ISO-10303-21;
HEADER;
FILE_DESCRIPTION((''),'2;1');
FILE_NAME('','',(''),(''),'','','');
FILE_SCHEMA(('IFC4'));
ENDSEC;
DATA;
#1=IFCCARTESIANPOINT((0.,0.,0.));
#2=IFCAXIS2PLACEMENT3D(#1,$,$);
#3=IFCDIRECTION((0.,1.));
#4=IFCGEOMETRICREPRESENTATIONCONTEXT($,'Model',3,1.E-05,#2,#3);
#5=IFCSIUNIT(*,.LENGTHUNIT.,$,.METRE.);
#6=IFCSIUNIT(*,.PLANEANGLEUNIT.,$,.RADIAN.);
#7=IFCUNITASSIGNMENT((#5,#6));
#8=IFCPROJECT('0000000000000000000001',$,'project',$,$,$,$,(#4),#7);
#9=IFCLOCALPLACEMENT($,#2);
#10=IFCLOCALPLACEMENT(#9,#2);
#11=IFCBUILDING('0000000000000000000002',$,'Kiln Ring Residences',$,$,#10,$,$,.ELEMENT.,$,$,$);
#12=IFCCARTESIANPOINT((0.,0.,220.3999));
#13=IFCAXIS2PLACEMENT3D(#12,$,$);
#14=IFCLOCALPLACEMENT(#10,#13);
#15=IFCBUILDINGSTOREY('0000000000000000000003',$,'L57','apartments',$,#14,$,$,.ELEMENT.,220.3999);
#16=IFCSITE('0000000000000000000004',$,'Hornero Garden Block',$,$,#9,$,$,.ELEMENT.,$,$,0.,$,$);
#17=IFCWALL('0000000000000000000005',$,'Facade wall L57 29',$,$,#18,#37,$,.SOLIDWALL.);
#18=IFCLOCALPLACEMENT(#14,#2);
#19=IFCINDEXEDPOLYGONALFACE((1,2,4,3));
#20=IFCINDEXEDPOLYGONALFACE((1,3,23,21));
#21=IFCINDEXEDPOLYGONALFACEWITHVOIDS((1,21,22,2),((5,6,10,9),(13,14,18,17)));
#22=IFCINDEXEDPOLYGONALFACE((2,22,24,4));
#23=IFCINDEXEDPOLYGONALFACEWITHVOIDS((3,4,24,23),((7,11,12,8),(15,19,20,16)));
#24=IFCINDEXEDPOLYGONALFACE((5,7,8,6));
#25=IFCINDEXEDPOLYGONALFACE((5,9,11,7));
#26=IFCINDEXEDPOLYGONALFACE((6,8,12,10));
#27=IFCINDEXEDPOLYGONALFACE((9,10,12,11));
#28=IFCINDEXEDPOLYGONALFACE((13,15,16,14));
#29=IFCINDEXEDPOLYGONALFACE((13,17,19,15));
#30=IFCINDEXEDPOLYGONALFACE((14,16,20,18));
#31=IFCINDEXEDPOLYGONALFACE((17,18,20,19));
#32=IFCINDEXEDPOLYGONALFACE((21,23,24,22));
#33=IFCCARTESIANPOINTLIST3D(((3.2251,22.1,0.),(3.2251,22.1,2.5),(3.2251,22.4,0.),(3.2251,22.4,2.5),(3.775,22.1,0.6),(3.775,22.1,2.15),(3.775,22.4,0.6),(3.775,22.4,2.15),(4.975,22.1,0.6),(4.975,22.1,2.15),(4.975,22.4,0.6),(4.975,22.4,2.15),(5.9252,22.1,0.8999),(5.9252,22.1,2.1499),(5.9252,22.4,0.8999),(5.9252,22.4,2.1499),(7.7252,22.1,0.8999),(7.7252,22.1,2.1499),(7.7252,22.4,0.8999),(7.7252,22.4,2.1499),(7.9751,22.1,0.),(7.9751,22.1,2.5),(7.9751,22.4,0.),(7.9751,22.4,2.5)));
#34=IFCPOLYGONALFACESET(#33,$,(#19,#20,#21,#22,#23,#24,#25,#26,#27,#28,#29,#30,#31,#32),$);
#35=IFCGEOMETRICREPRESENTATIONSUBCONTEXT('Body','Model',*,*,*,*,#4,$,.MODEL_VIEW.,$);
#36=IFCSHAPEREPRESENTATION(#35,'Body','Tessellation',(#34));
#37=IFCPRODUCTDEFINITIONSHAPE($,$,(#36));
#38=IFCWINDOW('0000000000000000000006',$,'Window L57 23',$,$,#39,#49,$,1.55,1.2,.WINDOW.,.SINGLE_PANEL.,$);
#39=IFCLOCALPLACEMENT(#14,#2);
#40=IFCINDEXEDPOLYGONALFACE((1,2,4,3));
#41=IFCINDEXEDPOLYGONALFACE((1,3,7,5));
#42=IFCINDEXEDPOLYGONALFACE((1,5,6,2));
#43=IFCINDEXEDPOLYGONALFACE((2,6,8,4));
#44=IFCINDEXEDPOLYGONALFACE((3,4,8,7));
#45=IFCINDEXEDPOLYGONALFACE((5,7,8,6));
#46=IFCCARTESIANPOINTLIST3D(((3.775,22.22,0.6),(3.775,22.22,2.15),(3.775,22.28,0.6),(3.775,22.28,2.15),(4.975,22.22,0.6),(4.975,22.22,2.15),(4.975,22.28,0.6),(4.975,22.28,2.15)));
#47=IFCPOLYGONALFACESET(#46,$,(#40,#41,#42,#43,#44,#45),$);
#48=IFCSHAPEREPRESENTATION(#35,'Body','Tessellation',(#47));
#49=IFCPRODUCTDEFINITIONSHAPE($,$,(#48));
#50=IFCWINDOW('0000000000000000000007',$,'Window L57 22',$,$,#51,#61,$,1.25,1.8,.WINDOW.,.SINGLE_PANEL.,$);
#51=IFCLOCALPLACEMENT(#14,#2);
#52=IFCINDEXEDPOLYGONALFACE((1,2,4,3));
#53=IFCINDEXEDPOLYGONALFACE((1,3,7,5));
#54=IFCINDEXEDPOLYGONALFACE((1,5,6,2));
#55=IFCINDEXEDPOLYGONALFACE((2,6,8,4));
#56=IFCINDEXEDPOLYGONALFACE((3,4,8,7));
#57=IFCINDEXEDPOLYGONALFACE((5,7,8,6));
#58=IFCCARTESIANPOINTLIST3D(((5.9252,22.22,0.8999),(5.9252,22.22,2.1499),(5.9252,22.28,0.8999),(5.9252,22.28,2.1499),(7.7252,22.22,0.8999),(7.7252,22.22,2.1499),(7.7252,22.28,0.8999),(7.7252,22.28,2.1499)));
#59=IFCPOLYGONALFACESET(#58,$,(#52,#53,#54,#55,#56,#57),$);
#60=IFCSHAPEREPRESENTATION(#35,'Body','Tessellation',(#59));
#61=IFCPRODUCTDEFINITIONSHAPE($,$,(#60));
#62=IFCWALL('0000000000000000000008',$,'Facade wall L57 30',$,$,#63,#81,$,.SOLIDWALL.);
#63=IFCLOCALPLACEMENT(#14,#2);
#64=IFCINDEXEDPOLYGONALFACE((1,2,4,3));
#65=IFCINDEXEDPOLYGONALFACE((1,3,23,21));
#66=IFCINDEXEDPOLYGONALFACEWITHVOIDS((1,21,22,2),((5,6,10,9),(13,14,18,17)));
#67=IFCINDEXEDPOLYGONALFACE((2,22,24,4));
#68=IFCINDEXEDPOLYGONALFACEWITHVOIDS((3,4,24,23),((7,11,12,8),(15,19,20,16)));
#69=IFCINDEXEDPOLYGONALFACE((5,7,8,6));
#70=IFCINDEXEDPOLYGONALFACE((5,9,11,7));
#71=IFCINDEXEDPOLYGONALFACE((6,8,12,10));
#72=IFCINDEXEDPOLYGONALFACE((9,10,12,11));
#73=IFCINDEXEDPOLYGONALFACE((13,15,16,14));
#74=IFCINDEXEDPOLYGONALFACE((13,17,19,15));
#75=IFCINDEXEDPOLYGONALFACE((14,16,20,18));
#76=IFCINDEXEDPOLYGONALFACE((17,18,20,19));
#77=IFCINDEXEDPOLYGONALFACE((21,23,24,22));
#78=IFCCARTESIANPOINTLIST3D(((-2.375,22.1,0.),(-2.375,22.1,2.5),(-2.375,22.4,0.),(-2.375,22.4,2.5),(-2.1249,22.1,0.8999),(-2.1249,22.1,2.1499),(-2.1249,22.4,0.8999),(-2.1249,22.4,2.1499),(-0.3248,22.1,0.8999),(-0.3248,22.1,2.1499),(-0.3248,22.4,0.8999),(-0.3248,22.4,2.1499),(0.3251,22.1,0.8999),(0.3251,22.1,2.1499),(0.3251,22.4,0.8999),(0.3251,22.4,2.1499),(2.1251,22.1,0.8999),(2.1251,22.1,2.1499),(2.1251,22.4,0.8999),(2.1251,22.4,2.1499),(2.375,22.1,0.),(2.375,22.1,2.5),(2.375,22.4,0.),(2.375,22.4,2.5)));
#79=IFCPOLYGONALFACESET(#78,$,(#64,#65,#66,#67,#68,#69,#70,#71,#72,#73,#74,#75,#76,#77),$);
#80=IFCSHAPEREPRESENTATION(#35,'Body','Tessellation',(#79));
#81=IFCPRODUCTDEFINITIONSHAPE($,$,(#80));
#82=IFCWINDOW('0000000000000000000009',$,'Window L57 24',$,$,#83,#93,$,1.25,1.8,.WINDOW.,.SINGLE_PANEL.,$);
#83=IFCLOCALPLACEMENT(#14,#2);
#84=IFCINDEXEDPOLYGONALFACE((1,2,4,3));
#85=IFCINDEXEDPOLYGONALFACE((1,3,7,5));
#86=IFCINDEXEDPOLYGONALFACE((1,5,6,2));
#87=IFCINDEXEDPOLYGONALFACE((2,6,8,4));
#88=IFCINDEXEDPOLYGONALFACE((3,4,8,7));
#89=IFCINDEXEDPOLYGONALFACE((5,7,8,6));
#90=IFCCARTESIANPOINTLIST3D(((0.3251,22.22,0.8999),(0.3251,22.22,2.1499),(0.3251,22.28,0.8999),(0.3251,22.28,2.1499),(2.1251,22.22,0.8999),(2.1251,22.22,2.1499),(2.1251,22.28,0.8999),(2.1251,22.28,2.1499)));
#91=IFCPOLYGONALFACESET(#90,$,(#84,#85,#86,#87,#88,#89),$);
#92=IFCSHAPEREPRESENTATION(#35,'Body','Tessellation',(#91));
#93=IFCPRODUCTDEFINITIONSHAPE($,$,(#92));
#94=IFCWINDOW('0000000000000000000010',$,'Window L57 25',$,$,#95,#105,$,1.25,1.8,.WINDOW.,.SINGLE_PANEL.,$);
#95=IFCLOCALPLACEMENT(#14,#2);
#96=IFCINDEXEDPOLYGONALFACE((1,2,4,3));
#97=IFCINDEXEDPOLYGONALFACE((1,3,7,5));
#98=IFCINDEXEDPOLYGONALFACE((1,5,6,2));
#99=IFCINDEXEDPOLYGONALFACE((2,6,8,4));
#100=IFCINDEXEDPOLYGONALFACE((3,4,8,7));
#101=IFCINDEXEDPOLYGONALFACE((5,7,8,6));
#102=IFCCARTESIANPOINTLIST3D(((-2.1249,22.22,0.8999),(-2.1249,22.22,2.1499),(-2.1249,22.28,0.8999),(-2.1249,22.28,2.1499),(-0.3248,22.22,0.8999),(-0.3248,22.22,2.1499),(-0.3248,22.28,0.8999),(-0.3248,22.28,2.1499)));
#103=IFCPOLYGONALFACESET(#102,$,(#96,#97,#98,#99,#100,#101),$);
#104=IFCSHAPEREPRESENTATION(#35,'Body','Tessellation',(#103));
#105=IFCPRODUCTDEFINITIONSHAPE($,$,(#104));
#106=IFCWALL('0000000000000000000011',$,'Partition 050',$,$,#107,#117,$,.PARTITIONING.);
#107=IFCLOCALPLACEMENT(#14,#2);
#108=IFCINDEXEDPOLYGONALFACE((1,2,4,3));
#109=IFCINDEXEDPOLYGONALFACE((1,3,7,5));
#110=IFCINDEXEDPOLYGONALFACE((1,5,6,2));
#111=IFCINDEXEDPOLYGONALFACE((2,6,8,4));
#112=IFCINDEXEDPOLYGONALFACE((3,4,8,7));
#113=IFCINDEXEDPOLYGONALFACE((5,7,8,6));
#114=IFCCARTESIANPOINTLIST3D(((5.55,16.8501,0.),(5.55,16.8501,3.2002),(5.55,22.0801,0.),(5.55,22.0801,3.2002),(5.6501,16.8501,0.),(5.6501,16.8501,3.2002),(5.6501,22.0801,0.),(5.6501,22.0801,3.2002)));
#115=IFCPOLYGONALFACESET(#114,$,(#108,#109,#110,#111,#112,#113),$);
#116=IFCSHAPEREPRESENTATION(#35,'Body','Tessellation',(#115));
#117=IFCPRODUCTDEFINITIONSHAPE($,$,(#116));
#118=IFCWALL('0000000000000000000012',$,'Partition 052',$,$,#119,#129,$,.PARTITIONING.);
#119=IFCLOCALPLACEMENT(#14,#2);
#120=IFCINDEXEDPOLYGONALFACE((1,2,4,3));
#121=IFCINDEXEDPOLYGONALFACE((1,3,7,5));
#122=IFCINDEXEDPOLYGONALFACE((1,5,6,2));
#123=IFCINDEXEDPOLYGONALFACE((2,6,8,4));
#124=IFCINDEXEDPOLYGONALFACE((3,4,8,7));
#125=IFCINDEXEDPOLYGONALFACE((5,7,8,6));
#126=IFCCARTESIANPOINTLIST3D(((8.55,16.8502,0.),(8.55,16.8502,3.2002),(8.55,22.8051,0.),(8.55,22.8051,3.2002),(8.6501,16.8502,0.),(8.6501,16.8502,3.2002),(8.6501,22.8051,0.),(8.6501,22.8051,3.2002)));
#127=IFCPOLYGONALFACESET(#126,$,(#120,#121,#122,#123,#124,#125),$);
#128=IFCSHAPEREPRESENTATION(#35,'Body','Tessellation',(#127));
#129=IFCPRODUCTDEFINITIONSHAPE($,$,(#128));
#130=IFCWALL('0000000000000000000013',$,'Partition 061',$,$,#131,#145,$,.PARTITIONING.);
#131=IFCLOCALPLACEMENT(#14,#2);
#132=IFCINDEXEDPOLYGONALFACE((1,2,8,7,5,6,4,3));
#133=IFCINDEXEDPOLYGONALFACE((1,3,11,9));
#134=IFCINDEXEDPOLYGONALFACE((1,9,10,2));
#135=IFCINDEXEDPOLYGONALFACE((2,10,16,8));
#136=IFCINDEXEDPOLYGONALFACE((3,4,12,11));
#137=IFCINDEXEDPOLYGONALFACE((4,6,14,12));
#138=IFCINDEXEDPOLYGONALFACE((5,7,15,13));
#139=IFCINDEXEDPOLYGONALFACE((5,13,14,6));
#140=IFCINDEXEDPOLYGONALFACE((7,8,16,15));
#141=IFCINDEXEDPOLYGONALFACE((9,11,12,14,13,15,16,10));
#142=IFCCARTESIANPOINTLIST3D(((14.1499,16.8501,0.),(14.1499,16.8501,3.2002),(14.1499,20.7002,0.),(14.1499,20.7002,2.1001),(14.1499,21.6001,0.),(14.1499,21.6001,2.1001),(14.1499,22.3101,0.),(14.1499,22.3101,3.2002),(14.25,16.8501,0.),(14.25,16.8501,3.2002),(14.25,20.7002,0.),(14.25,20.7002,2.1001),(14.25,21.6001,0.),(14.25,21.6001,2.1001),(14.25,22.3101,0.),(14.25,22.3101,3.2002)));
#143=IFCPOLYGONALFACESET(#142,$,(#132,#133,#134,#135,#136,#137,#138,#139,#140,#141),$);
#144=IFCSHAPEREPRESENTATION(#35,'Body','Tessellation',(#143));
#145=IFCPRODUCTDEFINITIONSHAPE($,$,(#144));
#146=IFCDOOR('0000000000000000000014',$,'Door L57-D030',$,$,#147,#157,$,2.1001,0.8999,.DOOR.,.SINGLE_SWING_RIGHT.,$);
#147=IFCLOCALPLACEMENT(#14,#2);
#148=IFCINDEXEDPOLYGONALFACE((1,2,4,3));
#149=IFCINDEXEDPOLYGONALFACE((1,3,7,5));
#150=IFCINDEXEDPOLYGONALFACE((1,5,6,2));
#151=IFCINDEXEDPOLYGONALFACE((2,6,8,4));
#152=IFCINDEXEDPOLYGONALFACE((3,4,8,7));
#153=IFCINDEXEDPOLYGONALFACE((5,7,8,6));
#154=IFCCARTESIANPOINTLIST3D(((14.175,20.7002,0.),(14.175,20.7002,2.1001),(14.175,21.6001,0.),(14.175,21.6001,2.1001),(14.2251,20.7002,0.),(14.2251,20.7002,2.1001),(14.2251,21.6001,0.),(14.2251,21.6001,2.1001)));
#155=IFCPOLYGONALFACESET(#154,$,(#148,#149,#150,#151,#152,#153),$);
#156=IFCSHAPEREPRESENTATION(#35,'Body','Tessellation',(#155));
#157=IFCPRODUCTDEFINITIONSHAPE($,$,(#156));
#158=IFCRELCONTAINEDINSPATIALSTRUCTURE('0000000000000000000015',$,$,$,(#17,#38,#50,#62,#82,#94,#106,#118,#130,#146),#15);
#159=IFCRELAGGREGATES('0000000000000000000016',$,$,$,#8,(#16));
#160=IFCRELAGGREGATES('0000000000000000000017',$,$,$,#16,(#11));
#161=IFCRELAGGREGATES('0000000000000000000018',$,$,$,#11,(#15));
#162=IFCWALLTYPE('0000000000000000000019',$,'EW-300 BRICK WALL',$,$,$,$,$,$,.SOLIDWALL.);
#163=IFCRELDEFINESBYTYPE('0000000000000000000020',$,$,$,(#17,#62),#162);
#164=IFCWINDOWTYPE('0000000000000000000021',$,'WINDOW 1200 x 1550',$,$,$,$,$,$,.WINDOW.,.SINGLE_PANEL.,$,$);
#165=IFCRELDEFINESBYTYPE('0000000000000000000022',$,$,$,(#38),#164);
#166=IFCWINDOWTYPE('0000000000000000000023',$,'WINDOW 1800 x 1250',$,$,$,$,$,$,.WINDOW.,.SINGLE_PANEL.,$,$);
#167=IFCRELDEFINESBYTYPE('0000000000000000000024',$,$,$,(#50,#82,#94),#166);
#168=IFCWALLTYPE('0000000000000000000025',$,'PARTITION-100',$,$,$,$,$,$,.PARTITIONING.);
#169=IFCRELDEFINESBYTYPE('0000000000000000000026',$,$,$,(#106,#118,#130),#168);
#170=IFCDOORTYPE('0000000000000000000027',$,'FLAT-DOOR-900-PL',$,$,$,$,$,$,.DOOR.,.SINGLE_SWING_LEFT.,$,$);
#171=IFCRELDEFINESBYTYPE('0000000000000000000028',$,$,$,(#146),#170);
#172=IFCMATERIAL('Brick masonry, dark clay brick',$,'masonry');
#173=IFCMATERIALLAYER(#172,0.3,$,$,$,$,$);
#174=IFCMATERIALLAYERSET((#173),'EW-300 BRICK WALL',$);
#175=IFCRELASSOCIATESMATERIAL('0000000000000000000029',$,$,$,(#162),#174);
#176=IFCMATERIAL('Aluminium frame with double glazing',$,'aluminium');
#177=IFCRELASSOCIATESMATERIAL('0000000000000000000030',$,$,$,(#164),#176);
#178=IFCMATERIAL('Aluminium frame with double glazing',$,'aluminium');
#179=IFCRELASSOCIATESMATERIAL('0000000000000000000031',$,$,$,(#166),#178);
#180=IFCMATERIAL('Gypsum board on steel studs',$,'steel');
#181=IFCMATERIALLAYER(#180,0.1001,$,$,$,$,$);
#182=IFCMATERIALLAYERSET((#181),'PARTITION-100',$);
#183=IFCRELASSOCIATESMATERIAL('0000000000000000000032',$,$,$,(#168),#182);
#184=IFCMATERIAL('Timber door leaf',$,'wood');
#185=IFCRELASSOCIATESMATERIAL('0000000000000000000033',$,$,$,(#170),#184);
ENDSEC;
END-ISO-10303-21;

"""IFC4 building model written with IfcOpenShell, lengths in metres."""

from ifc_helpers import new_model, si_unit, direction, frame, frame_2d, origin, place, context, subcontext, project, spatial, rectangle, extrude, material, layer, layer_set, type_object, element, fill, save


model = new_model("IFC4")

# Units and contexts
model_context = context("Model", 3, precision=1e-05, world=origin(), true_north=direction((0.0, 1.0)))
body_context = subcontext(model_context, "Body", "Model", "MODEL_VIEW")
ifc_project = project(units=[si_unit("LENGTHUNIT", "METRE"), si_unit("PLANEANGLEUNIT", "RADIAN")], contexts=[model_context])

# Site, building, storey
site_placement = place(None, origin())
site = spatial("IfcSite", under=ifc_project, at=site_placement, Name="Hornero Garden Block", CompositionType="ELEMENT", RefElevation=0.0)
building_placement = place(site_placement, origin())
building = spatial("IfcBuilding", under=site, at=building_placement, Name="Kiln Ring Residences", CompositionType="ELEMENT")
storey_placement = place(building_placement, frame((0.0, 0.0, 220.3999)))
storey = spatial("IfcBuildingStorey", under=building, at=storey_placement, Name="L57", Description="apartments", CompositionType="ELEMENT", Elevation=220.3999)

# Shared definitions
ifc_material_1 = material(Name="Brick masonry, dark clay brick", Category="masonry")
ifc_layer_1 = layer(ifc_material_1, 0.3)
ifc_layer_set_1 = layer_set([ifc_layer_1], Name="EW-300 BRICK WALL")
wall_type_1 = type_object("IfcWallType", Name="EW-300 BRICK WALL", PredefinedType="SOLIDWALL", material=ifc_layer_set_1)
ifc_material_2 = material(Name="Aluminium frame with double glazing", Category="aluminium")
window_type_1 = type_object("IfcWindowType", Name="WINDOW 1200 x 1550", PartitioningType="SINGLE_PANEL", PredefinedType="WINDOW", material=ifc_material_2)

# Walls, openings, windows
wall_1_placement = place(storey_placement, frame((7.9751, 22.25, 0.0), z_axis=(0.0, 0.0, 1.0), x_axis=(-1.0, 0.0, 0.0)))
wall_1 = element("IfcWall", 1, at=wall_1_placement, inside=storey, type_object=wall_type_1, Name="Facade wall L57 29", PredefinedType="SOLIDWALL", context=body_context, shape_type="SweptSolid", body=[
    extrude(rectangle(XDim=4.75, YDim=0.3, at=frame_2d((2.375, 0.0))), origin(), (0.0, 0.0, 1.0), 2.5),
])
opening_1_placement = place(wall_1_placement, frame((0.25, 0.0, 0.8999)))
opening_1 = element("IfcOpeningElement", 2, at=opening_1_placement, cuts=wall_1, PredefinedType="OPENING", context=body_context, shape_type="SweptSolid", body=[
    extrude(rectangle(XDim=1.8, YDim=1.25, at=frame_2d((0.8999, 0.625))), frame((0.0, 0.1599, 0.0), z_axis=(0.0, -1.0, 0.0), x_axis=(1.0, 0.0, 0.0)), (0.0, 0.0, 1.0), 0.3201),
])
opening_2_placement = place(wall_1_placement, frame((3.0, 0.0, 0.6001)))
opening_2 = element("IfcOpeningElement", 3, at=opening_2_placement, cuts=wall_1, PredefinedType="OPENING", context=body_context, shape_type="SweptSolid", body=[
    extrude(rectangle(XDim=1.2, YDim=1.55, at=frame_2d((0.6001, 0.7749))), frame((0.0, 0.1599, 0.0), z_axis=(0.0, -1.0, 0.0), x_axis=(1.0, 0.0, 0.0)), (0.0, 0.0, 1.0), 0.3201),
])
window_1_placement = place(opening_2_placement, origin())
window_1 = element("IfcWindow", 4, at=window_1_placement, inside=storey, type_object=window_type_1, Name="Window L57 23", OverallHeight=1.55, OverallWidth=1.2, PartitioningType="SINGLE_PANEL", PredefinedType="WINDOW", context=body_context, shape_type="SweptSolid", body=[
    extrude(rectangle(XDim=1.2, YDim=1.55, at=frame_2d((0.6001, 0.7749))), frame((0.0, 0.03, 0.0), z_axis=(0.0, -1.0, 0.0), x_axis=(1.0, 0.0, 0.0)), (0.0, 0.0, 1.0), 0.0601),
])
fill(opening_2, window_1)
ifc_material_3 = material(Name="Aluminium frame with double glazing", Category="aluminium")
window_type_2 = type_object("IfcWindowType", Name="WINDOW 1800 x 1250", PartitioningType="SINGLE_PANEL", PredefinedType="WINDOW", material=ifc_material_3)
window_2_placement = place(opening_1_placement, origin())
window_2 = element("IfcWindow", 5, at=window_2_placement, inside=storey, type_object=window_type_2, Name="Window L57 22", OverallHeight=1.25, OverallWidth=1.8, PartitioningType="SINGLE_PANEL", PredefinedType="WINDOW", context=body_context, shape_type="SweptSolid", body=[
    extrude(rectangle(XDim=1.8, YDim=1.25, at=frame_2d((0.8999, 0.625))), frame((0.0, 0.03, 0.0), z_axis=(0.0, -1.0, 0.0), x_axis=(1.0, 0.0, 0.0)), (0.0, 0.0, 1.0), 0.0601),
])
fill(opening_1, window_2)
wall_2_placement = place(storey_placement, frame((2.375, 22.25, 0.0), z_axis=(0.0, 0.0, 1.0), x_axis=(-1.0, 0.0, 0.0)))
wall_2 = element("IfcWall", 6, at=wall_2_placement, inside=storey, type_object=wall_type_1, Name="Facade wall L57 30", PredefinedType="SOLIDWALL", context=body_context, shape_type="SweptSolid", body=[
    extrude(rectangle(XDim=4.75, YDim=0.3, at=frame_2d((2.375, 0.0))), origin(), (0.0, 0.0, 1.0), 2.5),
])
opening_3_placement = place(wall_2_placement, frame((0.25, 0.0, 0.8999)))
opening_3 = element("IfcOpeningElement", 7, at=opening_3_placement, cuts=wall_2, PredefinedType="OPENING", context=body_context, shape_type="SweptSolid", body=[
    extrude(rectangle(XDim=1.8, YDim=1.25, at=frame_2d((0.8999, 0.625))), frame((0.0, 0.1599, 0.0), z_axis=(0.0, -1.0, 0.0), x_axis=(1.0, 0.0, 0.0)), (0.0, 0.0, 1.0), 0.3201),
])
opening_4_placement = place(wall_2_placement, frame((2.7, 0.0, 0.8999)))
opening_4 = element("IfcOpeningElement", 8, at=opening_4_placement, cuts=wall_2, PredefinedType="OPENING", context=body_context, shape_type="SweptSolid", body=[
    extrude(rectangle(XDim=1.8, YDim=1.25, at=frame_2d((0.8999, 0.625))), frame((0.0, 0.1599, 0.0), z_axis=(0.0, -1.0, 0.0), x_axis=(1.0, 0.0, 0.0)), (0.0, 0.0, 1.0), 0.3201),
])
window_3_placement = place(opening_3_placement, origin())
window_3 = element("IfcWindow", 9, at=window_3_placement, inside=storey, type_object=window_type_2, Name="Window L57 24", OverallHeight=1.25, OverallWidth=1.8, PartitioningType="SINGLE_PANEL", PredefinedType="WINDOW", context=body_context, shape_type="SweptSolid", body=[
    extrude(rectangle(XDim=1.8, YDim=1.25, at=frame_2d((0.8999, 0.625))), frame((0.0, 0.03, 0.0), z_axis=(0.0, -1.0, 0.0), x_axis=(1.0, 0.0, 0.0)), (0.0, 0.0, 1.0), 0.0601),
])
fill(opening_3, window_3)
window_4_placement = place(opening_4_placement, origin())
window_4 = element("IfcWindow", 10, at=window_4_placement, inside=storey, type_object=window_type_2, Name="Window L57 25", OverallHeight=1.25, OverallWidth=1.8, PartitioningType="SINGLE_PANEL", PredefinedType="WINDOW", context=body_context, shape_type="SweptSolid", body=[
    extrude(rectangle(XDim=1.8, YDim=1.25, at=frame_2d((0.8999, 0.625))), frame((0.0, 0.03, 0.0), z_axis=(0.0, -1.0, 0.0), x_axis=(1.0, 0.0, 0.0)), (0.0, 0.0, 1.0), 0.0601),
])
fill(opening_4, window_4)

# Walls
ifc_material_4 = material(Name="Gypsum board on steel studs", Category="steel")
ifc_layer_2 = layer(ifc_material_4, 0.1001)
ifc_layer_set_2 = layer_set([ifc_layer_2], Name="PARTITION-100")
wall_type_2 = type_object("IfcWallType", Name="PARTITION-100", PredefinedType="PARTITIONING", material=ifc_layer_set_2)
wall_3_placement = place(storey_placement, frame((5.6001, 16.8501, 0.0), z_axis=(0.0, 0.0, 1.0), x_axis=(0.0, 1.0, 0.0)))
element("IfcWall", 11, at=wall_3_placement, inside=storey, type_object=wall_type_2, Name="Partition 050", PredefinedType="PARTITIONING", context=body_context, shape_type="SweptSolid", body=[
    extrude(rectangle(XDim=5.23, YDim=0.1001, at=frame_2d((2.615, 0.0))), origin(), (0.0, 0.0, 1.0), 3.2002),
])
wall_4_placement = place(storey_placement, frame((8.6001, 16.8501, 0.0), z_axis=(0.0, 0.0, 1.0), x_axis=(0.0, 1.0, 0.0)))
element("IfcWall", 12, at=wall_4_placement, inside=storey, type_object=wall_type_2, Name="Partition 052", PredefinedType="PARTITIONING", context=body_context, shape_type="SweptSolid", body=[
    extrude(rectangle(XDim=5.9548, YDim=0.1001, at=frame_2d((2.9775, 0.0))), origin(), (0.0, 0.0, 1.0), 3.2002),
])

# Wall, opening, door
wall_5_placement = place(storey_placement, frame((14.2, 16.8501, 0.0), z_axis=(0.0, 0.0, 1.0), x_axis=(0.0, 1.0, 0.0)))
wall_5 = element("IfcWall", 13, at=wall_5_placement, inside=storey, type_object=wall_type_2, Name="Partition 061", PredefinedType="PARTITIONING", context=body_context, shape_type="SweptSolid", body=[
    extrude(rectangle(XDim=5.46, YDim=0.1001, at=frame_2d((2.73, 0.0))), origin(), (0.0, 0.0, 1.0), 3.2002),
])
opening_5_placement = place(wall_5_placement, frame((3.8501, 0.0, 0.0)))
opening_5 = element("IfcOpeningElement", 14, at=opening_5_placement, cuts=wall_5, PredefinedType="OPENING", context=body_context, shape_type="SweptSolid", body=[
    extrude(rectangle(XDim=0.8999, YDim=2.1001, at=frame_2d((0.45, 1.05))), frame((0.0, 0.0601, 0.0), z_axis=(0.0, -1.0, 0.0), x_axis=(1.0, 0.0, 0.0)), (0.0, 0.0, 1.0), 0.1201),
])
ifc_material_5 = material(Name="Timber door leaf", Category="wood")
door_type = type_object("IfcDoorType", Name="FLAT-DOOR-900-PL", OperationType="SINGLE_SWING_LEFT", PredefinedType="DOOR", material=ifc_material_5)
door_placement = place(opening_5_placement, origin())
door = element("IfcDoor", 15, at=door_placement, inside=storey, type_object=door_type, Name="Door L57-D030", OperationType="SINGLE_SWING_RIGHT", OverallHeight=2.1001, OverallWidth=0.8999, PredefinedType="DOOR", context=body_context, shape_type="SweptSolid", body=[
    extrude(rectangle(XDim=0.8999, YDim=2.1001, at=frame_2d((0.45, 1.05))), frame((0.0, 0.0249, 0.0), z_axis=(0.0, -1.0, 0.0), x_axis=(1.0, 0.0, 0.0)), (0.0, 0.0, 1.0), 0.05),
])
fill(opening_5, door)

save(model, "model.ifc")
